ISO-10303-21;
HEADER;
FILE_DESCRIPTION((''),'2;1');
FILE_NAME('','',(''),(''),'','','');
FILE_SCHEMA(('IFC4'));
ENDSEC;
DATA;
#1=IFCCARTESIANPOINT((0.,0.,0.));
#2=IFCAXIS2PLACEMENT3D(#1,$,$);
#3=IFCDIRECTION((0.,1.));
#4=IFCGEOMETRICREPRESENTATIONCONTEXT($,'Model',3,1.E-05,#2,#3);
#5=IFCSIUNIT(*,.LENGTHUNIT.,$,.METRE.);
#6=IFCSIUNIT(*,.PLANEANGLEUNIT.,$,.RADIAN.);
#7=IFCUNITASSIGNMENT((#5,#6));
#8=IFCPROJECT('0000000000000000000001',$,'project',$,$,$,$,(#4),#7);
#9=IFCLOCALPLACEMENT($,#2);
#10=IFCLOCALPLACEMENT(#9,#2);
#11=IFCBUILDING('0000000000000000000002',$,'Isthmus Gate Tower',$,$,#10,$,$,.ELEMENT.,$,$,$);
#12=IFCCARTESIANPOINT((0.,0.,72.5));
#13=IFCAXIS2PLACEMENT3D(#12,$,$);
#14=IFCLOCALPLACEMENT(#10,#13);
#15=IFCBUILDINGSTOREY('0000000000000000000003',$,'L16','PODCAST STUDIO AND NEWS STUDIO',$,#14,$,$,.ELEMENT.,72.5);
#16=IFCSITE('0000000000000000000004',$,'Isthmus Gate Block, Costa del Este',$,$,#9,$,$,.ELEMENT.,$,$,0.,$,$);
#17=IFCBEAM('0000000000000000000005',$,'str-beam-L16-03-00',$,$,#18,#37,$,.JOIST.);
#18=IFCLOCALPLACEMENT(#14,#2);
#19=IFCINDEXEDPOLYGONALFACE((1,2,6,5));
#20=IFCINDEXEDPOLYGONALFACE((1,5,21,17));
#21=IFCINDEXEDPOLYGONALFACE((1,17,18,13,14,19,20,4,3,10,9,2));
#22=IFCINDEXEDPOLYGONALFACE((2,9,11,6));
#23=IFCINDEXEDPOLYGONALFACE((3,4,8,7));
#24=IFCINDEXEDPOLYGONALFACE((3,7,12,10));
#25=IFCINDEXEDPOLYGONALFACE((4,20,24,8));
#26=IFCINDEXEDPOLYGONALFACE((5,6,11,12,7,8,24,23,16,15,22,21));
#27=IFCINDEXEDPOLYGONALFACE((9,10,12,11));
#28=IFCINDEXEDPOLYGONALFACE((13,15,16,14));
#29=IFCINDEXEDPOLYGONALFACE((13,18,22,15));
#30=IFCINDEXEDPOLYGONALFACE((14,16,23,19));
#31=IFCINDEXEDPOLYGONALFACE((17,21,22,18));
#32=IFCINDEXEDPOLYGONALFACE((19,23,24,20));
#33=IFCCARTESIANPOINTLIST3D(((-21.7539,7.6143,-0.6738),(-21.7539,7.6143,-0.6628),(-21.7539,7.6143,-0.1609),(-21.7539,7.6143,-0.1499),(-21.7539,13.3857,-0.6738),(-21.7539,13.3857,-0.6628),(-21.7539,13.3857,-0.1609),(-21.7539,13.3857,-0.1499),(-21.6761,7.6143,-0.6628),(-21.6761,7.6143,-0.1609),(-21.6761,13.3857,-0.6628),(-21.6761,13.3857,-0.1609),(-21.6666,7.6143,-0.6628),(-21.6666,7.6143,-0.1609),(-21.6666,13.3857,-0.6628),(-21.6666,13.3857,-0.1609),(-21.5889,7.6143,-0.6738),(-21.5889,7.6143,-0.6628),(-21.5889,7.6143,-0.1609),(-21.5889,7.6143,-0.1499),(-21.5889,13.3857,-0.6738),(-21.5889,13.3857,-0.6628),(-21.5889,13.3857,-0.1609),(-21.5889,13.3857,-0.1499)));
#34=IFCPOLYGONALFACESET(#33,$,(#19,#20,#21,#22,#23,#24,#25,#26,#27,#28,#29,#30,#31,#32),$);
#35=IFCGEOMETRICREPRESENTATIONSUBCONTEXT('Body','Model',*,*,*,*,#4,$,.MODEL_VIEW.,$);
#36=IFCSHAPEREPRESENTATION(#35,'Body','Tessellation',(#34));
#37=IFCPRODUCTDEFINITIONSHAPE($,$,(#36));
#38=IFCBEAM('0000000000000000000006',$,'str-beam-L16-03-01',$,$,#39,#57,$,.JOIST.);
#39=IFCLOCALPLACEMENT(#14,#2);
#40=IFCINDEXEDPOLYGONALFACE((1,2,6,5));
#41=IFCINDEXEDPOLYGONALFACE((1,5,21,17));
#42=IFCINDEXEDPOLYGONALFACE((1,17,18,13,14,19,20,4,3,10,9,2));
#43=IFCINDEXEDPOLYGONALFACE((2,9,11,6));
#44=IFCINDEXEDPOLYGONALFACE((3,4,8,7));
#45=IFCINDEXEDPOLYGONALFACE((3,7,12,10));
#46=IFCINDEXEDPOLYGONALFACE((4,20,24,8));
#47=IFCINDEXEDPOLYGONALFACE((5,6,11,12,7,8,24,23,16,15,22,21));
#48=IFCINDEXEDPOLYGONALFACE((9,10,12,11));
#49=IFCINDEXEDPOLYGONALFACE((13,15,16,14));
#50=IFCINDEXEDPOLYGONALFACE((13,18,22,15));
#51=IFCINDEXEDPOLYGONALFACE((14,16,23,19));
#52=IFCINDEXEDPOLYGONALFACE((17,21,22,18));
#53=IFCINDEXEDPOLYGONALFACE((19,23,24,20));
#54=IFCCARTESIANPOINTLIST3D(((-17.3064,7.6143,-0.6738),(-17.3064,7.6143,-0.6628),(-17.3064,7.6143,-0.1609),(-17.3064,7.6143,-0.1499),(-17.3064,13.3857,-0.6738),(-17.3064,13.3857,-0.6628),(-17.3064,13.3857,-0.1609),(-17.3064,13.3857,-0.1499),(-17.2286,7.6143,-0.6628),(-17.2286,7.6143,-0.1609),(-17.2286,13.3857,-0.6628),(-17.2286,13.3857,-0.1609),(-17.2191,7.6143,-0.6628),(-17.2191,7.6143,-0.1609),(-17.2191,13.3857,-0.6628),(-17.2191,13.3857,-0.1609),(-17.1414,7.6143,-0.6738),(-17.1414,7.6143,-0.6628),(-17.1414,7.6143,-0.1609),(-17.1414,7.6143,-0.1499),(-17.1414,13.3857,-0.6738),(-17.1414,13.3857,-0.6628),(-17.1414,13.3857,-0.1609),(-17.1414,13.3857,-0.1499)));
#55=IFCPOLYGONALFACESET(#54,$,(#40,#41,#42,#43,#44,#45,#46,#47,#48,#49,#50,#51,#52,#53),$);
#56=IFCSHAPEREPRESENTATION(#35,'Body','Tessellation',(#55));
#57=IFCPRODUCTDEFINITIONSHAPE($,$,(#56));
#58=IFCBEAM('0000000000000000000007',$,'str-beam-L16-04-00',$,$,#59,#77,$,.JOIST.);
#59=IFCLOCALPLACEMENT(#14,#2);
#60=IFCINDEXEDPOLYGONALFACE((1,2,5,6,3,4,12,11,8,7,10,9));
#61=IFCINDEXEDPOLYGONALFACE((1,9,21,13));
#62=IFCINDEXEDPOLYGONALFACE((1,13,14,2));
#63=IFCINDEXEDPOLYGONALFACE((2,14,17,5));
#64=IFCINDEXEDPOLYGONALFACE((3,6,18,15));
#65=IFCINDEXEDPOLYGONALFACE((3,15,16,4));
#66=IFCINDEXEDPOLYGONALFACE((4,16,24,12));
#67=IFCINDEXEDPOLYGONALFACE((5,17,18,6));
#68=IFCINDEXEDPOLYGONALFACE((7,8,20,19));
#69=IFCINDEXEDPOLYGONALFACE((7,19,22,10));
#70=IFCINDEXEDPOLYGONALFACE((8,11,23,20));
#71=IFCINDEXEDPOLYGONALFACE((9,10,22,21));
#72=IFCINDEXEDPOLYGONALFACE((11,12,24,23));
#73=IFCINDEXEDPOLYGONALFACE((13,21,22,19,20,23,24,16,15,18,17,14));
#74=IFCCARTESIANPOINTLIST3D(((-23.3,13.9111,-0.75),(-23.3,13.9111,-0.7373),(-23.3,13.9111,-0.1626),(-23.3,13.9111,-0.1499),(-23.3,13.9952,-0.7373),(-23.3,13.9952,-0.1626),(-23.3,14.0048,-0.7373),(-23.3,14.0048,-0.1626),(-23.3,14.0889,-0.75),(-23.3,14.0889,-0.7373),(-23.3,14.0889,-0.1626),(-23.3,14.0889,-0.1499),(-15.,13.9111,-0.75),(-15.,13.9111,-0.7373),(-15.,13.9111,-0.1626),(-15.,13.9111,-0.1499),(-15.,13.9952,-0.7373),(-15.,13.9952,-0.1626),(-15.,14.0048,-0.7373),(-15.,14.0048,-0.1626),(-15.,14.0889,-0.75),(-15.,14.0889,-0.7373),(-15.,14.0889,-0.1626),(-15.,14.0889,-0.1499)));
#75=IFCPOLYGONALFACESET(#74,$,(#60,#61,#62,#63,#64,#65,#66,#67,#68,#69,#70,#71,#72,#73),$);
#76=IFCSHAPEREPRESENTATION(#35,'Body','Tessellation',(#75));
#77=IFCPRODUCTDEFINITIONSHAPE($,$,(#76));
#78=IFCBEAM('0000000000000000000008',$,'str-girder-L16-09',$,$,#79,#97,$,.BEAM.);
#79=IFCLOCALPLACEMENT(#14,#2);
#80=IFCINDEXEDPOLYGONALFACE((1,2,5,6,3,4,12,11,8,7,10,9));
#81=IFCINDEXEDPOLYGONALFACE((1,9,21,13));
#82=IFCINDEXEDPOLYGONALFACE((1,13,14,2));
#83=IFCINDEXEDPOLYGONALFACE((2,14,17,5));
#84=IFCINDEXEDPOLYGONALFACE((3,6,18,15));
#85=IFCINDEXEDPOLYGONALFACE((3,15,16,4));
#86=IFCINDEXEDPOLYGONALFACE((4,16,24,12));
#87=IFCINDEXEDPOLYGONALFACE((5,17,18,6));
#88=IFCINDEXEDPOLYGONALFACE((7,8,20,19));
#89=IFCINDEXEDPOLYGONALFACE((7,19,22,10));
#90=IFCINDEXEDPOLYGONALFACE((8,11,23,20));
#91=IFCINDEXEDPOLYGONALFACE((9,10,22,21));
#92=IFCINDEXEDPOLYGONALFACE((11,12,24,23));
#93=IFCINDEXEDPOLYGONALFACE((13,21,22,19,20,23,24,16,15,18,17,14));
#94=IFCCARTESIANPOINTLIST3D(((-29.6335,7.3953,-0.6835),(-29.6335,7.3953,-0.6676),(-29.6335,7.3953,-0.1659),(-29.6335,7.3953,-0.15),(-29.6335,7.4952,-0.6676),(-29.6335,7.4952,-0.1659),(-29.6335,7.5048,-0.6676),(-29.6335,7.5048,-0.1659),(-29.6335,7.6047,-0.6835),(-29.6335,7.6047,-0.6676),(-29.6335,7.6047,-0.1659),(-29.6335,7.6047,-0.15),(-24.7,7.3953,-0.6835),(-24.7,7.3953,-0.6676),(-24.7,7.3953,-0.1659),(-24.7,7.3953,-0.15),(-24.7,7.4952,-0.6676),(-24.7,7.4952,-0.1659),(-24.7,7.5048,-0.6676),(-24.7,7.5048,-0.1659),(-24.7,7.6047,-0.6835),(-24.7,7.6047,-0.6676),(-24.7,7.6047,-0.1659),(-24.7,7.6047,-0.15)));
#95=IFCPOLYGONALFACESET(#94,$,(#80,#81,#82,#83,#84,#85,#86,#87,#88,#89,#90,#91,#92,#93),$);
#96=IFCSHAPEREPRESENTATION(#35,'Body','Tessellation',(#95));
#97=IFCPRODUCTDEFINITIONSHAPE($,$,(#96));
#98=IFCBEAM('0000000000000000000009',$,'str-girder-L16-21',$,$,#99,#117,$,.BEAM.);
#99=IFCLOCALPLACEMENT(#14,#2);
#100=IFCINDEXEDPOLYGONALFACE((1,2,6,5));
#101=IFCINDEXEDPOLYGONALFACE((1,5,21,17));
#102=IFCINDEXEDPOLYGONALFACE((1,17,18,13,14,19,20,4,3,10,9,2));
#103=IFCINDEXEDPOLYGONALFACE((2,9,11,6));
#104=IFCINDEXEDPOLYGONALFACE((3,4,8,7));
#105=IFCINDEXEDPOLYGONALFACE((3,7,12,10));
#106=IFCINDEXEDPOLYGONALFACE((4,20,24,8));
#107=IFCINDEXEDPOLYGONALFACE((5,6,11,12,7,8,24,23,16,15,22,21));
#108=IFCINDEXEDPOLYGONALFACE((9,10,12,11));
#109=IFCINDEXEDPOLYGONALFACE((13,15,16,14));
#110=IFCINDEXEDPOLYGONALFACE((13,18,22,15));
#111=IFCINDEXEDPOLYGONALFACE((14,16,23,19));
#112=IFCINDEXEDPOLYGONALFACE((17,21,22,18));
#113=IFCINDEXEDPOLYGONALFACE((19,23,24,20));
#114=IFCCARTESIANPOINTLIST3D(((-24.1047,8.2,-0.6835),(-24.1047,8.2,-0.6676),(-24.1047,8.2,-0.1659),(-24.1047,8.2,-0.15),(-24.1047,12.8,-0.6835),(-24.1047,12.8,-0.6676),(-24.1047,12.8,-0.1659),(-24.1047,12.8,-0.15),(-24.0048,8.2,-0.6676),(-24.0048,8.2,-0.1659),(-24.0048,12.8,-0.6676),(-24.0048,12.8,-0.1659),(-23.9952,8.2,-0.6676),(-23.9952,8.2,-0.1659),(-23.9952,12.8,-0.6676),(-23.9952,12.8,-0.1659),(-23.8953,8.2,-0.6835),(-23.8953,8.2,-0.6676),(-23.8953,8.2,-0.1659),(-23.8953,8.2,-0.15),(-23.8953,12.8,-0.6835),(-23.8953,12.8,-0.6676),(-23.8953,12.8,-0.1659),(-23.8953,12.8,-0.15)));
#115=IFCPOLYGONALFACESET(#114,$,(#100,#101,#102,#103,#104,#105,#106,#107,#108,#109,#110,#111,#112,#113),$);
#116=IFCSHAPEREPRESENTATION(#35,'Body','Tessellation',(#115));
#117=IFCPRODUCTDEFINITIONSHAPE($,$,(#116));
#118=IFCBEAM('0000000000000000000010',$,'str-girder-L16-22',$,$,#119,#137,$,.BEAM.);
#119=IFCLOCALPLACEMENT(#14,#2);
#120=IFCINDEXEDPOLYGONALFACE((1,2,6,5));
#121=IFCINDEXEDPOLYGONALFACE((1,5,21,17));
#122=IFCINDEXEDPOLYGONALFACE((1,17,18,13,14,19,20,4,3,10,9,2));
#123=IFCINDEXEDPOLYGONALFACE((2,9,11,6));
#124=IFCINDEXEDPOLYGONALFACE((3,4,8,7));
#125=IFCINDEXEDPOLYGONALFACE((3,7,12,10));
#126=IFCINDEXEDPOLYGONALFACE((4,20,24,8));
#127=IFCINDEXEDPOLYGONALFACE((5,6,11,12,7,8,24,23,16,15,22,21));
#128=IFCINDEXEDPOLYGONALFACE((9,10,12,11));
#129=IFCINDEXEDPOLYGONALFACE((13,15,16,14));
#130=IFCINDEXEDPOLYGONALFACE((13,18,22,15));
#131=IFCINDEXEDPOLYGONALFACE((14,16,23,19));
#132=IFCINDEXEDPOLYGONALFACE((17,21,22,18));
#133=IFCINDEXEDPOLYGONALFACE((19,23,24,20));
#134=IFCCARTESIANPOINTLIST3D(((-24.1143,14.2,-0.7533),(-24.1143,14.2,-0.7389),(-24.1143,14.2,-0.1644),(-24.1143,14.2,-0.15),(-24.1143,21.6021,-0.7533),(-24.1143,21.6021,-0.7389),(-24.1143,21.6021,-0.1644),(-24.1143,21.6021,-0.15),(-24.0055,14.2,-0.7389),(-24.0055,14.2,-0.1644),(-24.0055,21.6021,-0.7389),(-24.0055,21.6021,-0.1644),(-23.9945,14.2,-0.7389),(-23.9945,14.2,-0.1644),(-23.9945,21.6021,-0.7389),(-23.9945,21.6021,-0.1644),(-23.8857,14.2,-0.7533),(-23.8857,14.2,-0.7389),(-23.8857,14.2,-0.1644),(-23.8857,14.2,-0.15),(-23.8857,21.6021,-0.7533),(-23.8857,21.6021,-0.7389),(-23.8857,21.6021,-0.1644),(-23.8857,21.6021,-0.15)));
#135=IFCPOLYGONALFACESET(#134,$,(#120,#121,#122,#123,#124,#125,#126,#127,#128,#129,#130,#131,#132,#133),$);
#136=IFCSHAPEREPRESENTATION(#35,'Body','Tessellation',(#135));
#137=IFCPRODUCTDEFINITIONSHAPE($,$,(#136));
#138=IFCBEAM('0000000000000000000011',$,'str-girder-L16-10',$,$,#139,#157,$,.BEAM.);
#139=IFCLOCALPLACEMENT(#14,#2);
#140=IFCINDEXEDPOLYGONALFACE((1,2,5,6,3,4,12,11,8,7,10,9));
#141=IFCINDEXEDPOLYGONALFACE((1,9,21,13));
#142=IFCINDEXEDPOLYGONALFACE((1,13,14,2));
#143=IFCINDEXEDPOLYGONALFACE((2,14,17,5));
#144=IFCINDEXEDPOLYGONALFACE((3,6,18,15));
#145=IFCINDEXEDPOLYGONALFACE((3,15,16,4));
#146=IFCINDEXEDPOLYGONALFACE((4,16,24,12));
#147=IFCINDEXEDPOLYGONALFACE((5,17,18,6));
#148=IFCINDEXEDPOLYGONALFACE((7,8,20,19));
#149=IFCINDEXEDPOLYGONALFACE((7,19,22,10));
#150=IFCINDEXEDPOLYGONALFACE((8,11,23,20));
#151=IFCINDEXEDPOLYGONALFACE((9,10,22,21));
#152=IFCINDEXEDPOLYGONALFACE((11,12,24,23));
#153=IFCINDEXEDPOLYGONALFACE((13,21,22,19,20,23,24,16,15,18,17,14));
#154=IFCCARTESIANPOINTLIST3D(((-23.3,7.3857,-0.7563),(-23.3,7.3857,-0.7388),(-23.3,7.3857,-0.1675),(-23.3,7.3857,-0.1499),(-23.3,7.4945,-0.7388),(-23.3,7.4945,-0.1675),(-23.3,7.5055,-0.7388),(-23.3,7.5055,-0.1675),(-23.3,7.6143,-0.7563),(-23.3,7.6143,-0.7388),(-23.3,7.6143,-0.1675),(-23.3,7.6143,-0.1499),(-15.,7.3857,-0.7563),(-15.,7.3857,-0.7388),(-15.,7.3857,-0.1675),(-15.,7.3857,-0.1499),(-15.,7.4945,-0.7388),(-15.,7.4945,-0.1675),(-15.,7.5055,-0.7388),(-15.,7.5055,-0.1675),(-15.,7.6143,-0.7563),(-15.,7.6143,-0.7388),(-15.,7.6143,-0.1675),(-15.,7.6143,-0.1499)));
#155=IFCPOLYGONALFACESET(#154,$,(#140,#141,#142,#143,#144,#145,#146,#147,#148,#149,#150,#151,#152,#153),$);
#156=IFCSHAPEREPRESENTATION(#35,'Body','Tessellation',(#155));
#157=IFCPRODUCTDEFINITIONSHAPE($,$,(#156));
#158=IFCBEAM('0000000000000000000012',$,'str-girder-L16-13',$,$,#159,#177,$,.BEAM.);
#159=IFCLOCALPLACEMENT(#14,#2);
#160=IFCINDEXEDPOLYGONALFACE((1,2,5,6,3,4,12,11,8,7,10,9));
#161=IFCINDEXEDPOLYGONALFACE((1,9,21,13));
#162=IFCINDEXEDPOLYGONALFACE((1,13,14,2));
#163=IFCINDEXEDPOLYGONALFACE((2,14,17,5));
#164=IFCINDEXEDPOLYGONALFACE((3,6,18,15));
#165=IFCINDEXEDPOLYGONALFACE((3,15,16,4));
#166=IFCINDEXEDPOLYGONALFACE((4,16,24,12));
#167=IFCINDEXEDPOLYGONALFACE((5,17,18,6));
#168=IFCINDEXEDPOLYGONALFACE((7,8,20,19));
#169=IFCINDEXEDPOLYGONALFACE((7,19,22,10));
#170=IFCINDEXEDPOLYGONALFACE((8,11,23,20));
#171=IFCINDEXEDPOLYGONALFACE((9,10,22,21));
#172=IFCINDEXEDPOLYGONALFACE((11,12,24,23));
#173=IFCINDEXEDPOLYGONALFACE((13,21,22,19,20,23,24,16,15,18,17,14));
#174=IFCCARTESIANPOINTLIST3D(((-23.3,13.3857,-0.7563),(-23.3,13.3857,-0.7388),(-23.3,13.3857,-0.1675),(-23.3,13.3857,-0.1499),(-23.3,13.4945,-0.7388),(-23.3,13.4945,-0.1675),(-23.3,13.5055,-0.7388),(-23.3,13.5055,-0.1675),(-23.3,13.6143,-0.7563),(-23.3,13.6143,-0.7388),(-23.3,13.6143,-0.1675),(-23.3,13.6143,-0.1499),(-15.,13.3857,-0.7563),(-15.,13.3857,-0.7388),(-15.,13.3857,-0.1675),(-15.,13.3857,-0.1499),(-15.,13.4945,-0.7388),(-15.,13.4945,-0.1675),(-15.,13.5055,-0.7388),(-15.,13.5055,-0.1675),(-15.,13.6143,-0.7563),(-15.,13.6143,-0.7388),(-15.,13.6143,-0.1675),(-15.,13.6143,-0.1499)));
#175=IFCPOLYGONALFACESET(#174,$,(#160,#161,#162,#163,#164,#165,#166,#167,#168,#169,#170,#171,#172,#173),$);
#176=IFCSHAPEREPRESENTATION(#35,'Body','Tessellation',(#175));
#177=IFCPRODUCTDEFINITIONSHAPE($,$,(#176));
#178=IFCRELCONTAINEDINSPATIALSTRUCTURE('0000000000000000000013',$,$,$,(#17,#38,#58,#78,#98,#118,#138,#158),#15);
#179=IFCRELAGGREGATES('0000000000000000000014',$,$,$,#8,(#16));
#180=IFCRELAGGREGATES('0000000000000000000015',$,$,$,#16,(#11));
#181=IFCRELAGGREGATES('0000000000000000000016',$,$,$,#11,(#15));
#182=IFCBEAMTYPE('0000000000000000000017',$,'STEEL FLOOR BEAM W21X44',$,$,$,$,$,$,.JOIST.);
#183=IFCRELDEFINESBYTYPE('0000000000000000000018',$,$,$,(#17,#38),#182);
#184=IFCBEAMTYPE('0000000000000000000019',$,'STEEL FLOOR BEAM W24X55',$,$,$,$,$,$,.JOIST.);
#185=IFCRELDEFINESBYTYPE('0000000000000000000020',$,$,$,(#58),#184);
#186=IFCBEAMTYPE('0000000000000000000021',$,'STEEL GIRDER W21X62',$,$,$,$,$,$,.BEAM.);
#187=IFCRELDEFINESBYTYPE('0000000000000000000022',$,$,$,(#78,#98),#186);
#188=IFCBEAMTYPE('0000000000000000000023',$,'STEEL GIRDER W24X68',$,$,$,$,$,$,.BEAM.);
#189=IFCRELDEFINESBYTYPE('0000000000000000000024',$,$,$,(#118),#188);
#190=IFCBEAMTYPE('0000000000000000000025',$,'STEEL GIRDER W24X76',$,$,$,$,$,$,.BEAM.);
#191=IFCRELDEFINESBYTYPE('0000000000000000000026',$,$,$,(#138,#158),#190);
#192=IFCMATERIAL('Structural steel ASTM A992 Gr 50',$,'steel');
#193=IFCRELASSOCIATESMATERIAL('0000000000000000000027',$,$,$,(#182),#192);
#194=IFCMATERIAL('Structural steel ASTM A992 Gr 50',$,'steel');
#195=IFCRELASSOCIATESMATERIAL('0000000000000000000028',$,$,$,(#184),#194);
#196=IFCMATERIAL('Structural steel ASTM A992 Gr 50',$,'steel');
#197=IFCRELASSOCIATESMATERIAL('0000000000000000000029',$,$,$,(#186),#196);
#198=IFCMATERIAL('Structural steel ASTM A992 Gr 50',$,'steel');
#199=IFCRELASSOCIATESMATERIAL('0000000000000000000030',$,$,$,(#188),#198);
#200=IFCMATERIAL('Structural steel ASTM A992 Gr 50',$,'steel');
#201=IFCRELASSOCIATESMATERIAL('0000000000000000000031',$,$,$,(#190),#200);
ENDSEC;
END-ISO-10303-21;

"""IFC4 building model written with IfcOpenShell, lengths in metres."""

from ifc_helpers import new_model, si_unit, direction, frame, origin, origin_2d, place, context, subcontext, project, spatial, i_section, extrude, material, material_profile, profile_set, type_object, element, save


model = new_model("IFC4")

# Units and contexts
model_context = context("Model", 3, precision=1e-05, world=origin(), true_north=direction((0.0, 1.0)))
body_context = subcontext(model_context, "Body", "Model", "MODEL_VIEW")
ifc_project = project(units=[si_unit("LENGTHUNIT", "METRE"), si_unit("PLANEANGLEUNIT", "RADIAN")], contexts=[model_context])

# Site, building, storey
site_placement = place(None, origin())
site = spatial("IfcSite", under=ifc_project, at=site_placement, Name="Isthmus Gate Block, Costa del Este", CompositionType="ELEMENT", RefElevation=0.0)
building_placement = place(site_placement, origin())
building = spatial("IfcBuilding", under=site, at=building_placement, Name="Isthmus Gate Tower", CompositionType="ELEMENT")
storey_placement = place(building_placement, frame((0.0, 0.0, 72.5)))
storey = spatial("IfcBuildingStorey", under=building, at=storey_placement, Name="L16", Description="PODCAST STUDIO AND NEWS STUDIO", CompositionType="ELEMENT", Elevation=72.5)

# Beams
ifc_material_1 = material(Name="Structural steel ASTM A992 Gr 50", Category="steel")
ifc_material_profile_1 = material_profile(ifc_material_1, i_section(OverallWidth=0.165, OverallDepth=0.5239, WebThickness=0.0095, FlangeThickness=0.011, at=origin_2d()), Name="W21X44")
ifc_profile_set_1 = profile_set([ifc_material_profile_1], Name="Structural steel ASTM A992 Gr 50")
beam_type_1 = type_object("IfcBeamType", Name="STEEL FLOOR BEAM W21X44", PredefinedType="JOIST", material=ifc_profile_set_1)
for number, where, z_axis, x_axis, name in (
    (1, (-21.6714, 7.6143, -0.4119), (0.0, 1.0, 0.0), (-1.0, 0.0, 0.0), "str-beam-L16-03-00"),
    (2, (-17.2239, 7.6143, -0.4119), (0.0, 1.0, 0.0), (-1.0, 0.0, 0.0), "str-beam-L16-03-01"),
):
    element("IfcBeam", number, at=place(storey_placement, frame(where, z_axis=z_axis, x_axis=x_axis)), inside=storey, type_object=beam_type_1, Name=name, PredefinedType="JOIST", context=body_context, shape_type="SweptSolid", body=[
        extrude(i_section(OverallWidth=0.165, OverallDepth=0.5239, WebThickness=0.0095, FlangeThickness=0.011, at=origin_2d()), origin(), (0.0, 0.0, 1.0), 5.7715),
    ])
ifc_material_2 = material(Name="Structural steel ASTM A992 Gr 50", Category="steel")
ifc_material_profile_2 = material_profile(ifc_material_2, i_section(OverallWidth=0.1777, OverallDepth=0.6001, WebThickness=0.0095, FlangeThickness=0.0127, at=origin_2d()), Name="W24X55")
ifc_profile_set_2 = profile_set([ifc_material_profile_2], Name="Structural steel ASTM A992 Gr 50")
beam_type_2 = type_object("IfcBeamType", Name="STEEL FLOOR BEAM W24X55", PredefinedType="JOIST", material=ifc_profile_set_2)
beam_1_placement = place(storey_placement, frame((-23.3, 14.0, -0.45), z_axis=(1.0, 0.0, 0.0), x_axis=(0.0, 1.0, 0.0)))
element("IfcBeam", 3, at=beam_1_placement, inside=storey, type_object=beam_type_2, Name="str-beam-L16-04-00", PredefinedType="JOIST", context=body_context, shape_type="SweptSolid", body=[
    extrude(i_section(OverallWidth=0.1777, OverallDepth=0.6001, WebThickness=0.0095, FlangeThickness=0.0127, at=origin_2d()), origin(), (0.0, 0.0, 1.0), 8.3),
])
ifc_material_3 = material(Name="Structural steel ASTM A992 Gr 50", Category="steel")
ifc_material_profile_3 = material_profile(ifc_material_3, i_section(OverallWidth=0.2095, OverallDepth=0.5334, WebThickness=0.0095, FlangeThickness=0.0159, at=origin_2d()), Name="W21X62")
ifc_profile_set_3 = profile_set([ifc_material_profile_3], Name="Structural steel ASTM A992 Gr 50")
beam_type_3 = type_object("IfcBeamType", Name="STEEL GIRDER W21X62", PredefinedType="BEAM", material=ifc_profile_set_3)
beam_2_placement = place(storey_placement, frame((-29.6335, 7.5, -0.4167), z_axis=(1.0, 0.0, 0.0), x_axis=(0.0, 1.0, 0.0)))
element("IfcBeam", 4, at=beam_2_placement, inside=storey, type_object=beam_type_3, Name="str-girder-L16-09", PredefinedType="BEAM", context=body_context, shape_type="SweptSolid", body=[
    extrude(i_section(OverallWidth=0.2095, OverallDepth=0.5334, WebThickness=0.0095, FlangeThickness=0.0159, at=origin_2d()), origin(), (0.0, 0.0, 1.0), 4.9336),
])
beam_3_placement = place(storey_placement, frame((-24.0, 8.2, -0.4167), z_axis=(0.0, 1.0, 0.0), x_axis=(-1.0, 0.0, 0.0)))
element("IfcBeam", 5, at=beam_3_placement, inside=storey, type_object=beam_type_3, Name="str-girder-L16-21", PredefinedType="BEAM", context=body_context, shape_type="SweptSolid", body=[
    extrude(i_section(OverallWidth=0.2095, OverallDepth=0.5334, WebThickness=0.0095, FlangeThickness=0.0159, at=origin_2d()), origin(), (0.0, 0.0, 1.0), 4.6001),
])
ifc_material_4 = material(Name="Structural steel ASTM A992 Gr 50", Category="steel")
ifc_material_profile_4 = material_profile(ifc_material_4, i_section(OverallWidth=0.2285, OverallDepth=0.6033, WebThickness=0.011, FlangeThickness=0.0144, at=origin_2d()), Name="W24X68")
ifc_profile_set_4 = profile_set([ifc_material_profile_4], Name="Structural steel ASTM A992 Gr 50")
beam_type_4 = type_object("IfcBeamType", Name="STEEL GIRDER W24X68", PredefinedType="BEAM", material=ifc_profile_set_4)
beam_4_placement = place(storey_placement, frame((-24.0, 14.2, -0.4517), z_axis=(0.0, 1.0, 0.0), x_axis=(-1.0, 0.0, 0.0)))
element("IfcBeam", 6, at=beam_4_placement, inside=storey, type_object=beam_type_4, Name="str-girder-L16-22", PredefinedType="BEAM", context=body_context, shape_type="SweptSolid", body=[
    extrude(i_section(OverallWidth=0.2285, OverallDepth=0.6033, WebThickness=0.011, FlangeThickness=0.0144, at=origin_2d()), origin(), (0.0, 0.0, 1.0), 7.4021),
])
ifc_material_5 = material(Name="Structural steel ASTM A992 Gr 50", Category="steel")
ifc_material_profile_5 = material_profile(ifc_material_5, i_section(OverallWidth=0.2285, OverallDepth=0.6064, WebThickness=0.011, FlangeThickness=0.0176, at=origin_2d()), Name="W24X76")
ifc_profile_set_5 = profile_set([ifc_material_profile_5], Name="Structural steel ASTM A992 Gr 50")
beam_type_5 = type_object("IfcBeamType", Name="STEEL GIRDER W24X76", PredefinedType="BEAM", material=ifc_profile_set_5)
for number, where, z_axis, x_axis, name in (
    (7, (-23.3, 7.5, -0.4531), (1.0, 0.0, 0.0), (0.0, 1.0, 0.0), "str-girder-L16-10"),
    (8, (-23.3, 13.5, -0.4531), (1.0, 0.0, 0.0), (0.0, 1.0, 0.0), "str-girder-L16-13"),
):
    element("IfcBeam", number, at=place(storey_placement, frame(where, z_axis=z_axis, x_axis=x_axis)), inside=storey, type_object=beam_type_5, Name=name, PredefinedType="BEAM", context=body_context, shape_type="SweptSolid", body=[
        extrude(i_section(OverallWidth=0.2285, OverallDepth=0.6064, WebThickness=0.011, FlangeThickness=0.0176, at=origin_2d()), origin(), (0.0, 0.0, 1.0), 8.3),
    ])

save(model, "model.ifc")
